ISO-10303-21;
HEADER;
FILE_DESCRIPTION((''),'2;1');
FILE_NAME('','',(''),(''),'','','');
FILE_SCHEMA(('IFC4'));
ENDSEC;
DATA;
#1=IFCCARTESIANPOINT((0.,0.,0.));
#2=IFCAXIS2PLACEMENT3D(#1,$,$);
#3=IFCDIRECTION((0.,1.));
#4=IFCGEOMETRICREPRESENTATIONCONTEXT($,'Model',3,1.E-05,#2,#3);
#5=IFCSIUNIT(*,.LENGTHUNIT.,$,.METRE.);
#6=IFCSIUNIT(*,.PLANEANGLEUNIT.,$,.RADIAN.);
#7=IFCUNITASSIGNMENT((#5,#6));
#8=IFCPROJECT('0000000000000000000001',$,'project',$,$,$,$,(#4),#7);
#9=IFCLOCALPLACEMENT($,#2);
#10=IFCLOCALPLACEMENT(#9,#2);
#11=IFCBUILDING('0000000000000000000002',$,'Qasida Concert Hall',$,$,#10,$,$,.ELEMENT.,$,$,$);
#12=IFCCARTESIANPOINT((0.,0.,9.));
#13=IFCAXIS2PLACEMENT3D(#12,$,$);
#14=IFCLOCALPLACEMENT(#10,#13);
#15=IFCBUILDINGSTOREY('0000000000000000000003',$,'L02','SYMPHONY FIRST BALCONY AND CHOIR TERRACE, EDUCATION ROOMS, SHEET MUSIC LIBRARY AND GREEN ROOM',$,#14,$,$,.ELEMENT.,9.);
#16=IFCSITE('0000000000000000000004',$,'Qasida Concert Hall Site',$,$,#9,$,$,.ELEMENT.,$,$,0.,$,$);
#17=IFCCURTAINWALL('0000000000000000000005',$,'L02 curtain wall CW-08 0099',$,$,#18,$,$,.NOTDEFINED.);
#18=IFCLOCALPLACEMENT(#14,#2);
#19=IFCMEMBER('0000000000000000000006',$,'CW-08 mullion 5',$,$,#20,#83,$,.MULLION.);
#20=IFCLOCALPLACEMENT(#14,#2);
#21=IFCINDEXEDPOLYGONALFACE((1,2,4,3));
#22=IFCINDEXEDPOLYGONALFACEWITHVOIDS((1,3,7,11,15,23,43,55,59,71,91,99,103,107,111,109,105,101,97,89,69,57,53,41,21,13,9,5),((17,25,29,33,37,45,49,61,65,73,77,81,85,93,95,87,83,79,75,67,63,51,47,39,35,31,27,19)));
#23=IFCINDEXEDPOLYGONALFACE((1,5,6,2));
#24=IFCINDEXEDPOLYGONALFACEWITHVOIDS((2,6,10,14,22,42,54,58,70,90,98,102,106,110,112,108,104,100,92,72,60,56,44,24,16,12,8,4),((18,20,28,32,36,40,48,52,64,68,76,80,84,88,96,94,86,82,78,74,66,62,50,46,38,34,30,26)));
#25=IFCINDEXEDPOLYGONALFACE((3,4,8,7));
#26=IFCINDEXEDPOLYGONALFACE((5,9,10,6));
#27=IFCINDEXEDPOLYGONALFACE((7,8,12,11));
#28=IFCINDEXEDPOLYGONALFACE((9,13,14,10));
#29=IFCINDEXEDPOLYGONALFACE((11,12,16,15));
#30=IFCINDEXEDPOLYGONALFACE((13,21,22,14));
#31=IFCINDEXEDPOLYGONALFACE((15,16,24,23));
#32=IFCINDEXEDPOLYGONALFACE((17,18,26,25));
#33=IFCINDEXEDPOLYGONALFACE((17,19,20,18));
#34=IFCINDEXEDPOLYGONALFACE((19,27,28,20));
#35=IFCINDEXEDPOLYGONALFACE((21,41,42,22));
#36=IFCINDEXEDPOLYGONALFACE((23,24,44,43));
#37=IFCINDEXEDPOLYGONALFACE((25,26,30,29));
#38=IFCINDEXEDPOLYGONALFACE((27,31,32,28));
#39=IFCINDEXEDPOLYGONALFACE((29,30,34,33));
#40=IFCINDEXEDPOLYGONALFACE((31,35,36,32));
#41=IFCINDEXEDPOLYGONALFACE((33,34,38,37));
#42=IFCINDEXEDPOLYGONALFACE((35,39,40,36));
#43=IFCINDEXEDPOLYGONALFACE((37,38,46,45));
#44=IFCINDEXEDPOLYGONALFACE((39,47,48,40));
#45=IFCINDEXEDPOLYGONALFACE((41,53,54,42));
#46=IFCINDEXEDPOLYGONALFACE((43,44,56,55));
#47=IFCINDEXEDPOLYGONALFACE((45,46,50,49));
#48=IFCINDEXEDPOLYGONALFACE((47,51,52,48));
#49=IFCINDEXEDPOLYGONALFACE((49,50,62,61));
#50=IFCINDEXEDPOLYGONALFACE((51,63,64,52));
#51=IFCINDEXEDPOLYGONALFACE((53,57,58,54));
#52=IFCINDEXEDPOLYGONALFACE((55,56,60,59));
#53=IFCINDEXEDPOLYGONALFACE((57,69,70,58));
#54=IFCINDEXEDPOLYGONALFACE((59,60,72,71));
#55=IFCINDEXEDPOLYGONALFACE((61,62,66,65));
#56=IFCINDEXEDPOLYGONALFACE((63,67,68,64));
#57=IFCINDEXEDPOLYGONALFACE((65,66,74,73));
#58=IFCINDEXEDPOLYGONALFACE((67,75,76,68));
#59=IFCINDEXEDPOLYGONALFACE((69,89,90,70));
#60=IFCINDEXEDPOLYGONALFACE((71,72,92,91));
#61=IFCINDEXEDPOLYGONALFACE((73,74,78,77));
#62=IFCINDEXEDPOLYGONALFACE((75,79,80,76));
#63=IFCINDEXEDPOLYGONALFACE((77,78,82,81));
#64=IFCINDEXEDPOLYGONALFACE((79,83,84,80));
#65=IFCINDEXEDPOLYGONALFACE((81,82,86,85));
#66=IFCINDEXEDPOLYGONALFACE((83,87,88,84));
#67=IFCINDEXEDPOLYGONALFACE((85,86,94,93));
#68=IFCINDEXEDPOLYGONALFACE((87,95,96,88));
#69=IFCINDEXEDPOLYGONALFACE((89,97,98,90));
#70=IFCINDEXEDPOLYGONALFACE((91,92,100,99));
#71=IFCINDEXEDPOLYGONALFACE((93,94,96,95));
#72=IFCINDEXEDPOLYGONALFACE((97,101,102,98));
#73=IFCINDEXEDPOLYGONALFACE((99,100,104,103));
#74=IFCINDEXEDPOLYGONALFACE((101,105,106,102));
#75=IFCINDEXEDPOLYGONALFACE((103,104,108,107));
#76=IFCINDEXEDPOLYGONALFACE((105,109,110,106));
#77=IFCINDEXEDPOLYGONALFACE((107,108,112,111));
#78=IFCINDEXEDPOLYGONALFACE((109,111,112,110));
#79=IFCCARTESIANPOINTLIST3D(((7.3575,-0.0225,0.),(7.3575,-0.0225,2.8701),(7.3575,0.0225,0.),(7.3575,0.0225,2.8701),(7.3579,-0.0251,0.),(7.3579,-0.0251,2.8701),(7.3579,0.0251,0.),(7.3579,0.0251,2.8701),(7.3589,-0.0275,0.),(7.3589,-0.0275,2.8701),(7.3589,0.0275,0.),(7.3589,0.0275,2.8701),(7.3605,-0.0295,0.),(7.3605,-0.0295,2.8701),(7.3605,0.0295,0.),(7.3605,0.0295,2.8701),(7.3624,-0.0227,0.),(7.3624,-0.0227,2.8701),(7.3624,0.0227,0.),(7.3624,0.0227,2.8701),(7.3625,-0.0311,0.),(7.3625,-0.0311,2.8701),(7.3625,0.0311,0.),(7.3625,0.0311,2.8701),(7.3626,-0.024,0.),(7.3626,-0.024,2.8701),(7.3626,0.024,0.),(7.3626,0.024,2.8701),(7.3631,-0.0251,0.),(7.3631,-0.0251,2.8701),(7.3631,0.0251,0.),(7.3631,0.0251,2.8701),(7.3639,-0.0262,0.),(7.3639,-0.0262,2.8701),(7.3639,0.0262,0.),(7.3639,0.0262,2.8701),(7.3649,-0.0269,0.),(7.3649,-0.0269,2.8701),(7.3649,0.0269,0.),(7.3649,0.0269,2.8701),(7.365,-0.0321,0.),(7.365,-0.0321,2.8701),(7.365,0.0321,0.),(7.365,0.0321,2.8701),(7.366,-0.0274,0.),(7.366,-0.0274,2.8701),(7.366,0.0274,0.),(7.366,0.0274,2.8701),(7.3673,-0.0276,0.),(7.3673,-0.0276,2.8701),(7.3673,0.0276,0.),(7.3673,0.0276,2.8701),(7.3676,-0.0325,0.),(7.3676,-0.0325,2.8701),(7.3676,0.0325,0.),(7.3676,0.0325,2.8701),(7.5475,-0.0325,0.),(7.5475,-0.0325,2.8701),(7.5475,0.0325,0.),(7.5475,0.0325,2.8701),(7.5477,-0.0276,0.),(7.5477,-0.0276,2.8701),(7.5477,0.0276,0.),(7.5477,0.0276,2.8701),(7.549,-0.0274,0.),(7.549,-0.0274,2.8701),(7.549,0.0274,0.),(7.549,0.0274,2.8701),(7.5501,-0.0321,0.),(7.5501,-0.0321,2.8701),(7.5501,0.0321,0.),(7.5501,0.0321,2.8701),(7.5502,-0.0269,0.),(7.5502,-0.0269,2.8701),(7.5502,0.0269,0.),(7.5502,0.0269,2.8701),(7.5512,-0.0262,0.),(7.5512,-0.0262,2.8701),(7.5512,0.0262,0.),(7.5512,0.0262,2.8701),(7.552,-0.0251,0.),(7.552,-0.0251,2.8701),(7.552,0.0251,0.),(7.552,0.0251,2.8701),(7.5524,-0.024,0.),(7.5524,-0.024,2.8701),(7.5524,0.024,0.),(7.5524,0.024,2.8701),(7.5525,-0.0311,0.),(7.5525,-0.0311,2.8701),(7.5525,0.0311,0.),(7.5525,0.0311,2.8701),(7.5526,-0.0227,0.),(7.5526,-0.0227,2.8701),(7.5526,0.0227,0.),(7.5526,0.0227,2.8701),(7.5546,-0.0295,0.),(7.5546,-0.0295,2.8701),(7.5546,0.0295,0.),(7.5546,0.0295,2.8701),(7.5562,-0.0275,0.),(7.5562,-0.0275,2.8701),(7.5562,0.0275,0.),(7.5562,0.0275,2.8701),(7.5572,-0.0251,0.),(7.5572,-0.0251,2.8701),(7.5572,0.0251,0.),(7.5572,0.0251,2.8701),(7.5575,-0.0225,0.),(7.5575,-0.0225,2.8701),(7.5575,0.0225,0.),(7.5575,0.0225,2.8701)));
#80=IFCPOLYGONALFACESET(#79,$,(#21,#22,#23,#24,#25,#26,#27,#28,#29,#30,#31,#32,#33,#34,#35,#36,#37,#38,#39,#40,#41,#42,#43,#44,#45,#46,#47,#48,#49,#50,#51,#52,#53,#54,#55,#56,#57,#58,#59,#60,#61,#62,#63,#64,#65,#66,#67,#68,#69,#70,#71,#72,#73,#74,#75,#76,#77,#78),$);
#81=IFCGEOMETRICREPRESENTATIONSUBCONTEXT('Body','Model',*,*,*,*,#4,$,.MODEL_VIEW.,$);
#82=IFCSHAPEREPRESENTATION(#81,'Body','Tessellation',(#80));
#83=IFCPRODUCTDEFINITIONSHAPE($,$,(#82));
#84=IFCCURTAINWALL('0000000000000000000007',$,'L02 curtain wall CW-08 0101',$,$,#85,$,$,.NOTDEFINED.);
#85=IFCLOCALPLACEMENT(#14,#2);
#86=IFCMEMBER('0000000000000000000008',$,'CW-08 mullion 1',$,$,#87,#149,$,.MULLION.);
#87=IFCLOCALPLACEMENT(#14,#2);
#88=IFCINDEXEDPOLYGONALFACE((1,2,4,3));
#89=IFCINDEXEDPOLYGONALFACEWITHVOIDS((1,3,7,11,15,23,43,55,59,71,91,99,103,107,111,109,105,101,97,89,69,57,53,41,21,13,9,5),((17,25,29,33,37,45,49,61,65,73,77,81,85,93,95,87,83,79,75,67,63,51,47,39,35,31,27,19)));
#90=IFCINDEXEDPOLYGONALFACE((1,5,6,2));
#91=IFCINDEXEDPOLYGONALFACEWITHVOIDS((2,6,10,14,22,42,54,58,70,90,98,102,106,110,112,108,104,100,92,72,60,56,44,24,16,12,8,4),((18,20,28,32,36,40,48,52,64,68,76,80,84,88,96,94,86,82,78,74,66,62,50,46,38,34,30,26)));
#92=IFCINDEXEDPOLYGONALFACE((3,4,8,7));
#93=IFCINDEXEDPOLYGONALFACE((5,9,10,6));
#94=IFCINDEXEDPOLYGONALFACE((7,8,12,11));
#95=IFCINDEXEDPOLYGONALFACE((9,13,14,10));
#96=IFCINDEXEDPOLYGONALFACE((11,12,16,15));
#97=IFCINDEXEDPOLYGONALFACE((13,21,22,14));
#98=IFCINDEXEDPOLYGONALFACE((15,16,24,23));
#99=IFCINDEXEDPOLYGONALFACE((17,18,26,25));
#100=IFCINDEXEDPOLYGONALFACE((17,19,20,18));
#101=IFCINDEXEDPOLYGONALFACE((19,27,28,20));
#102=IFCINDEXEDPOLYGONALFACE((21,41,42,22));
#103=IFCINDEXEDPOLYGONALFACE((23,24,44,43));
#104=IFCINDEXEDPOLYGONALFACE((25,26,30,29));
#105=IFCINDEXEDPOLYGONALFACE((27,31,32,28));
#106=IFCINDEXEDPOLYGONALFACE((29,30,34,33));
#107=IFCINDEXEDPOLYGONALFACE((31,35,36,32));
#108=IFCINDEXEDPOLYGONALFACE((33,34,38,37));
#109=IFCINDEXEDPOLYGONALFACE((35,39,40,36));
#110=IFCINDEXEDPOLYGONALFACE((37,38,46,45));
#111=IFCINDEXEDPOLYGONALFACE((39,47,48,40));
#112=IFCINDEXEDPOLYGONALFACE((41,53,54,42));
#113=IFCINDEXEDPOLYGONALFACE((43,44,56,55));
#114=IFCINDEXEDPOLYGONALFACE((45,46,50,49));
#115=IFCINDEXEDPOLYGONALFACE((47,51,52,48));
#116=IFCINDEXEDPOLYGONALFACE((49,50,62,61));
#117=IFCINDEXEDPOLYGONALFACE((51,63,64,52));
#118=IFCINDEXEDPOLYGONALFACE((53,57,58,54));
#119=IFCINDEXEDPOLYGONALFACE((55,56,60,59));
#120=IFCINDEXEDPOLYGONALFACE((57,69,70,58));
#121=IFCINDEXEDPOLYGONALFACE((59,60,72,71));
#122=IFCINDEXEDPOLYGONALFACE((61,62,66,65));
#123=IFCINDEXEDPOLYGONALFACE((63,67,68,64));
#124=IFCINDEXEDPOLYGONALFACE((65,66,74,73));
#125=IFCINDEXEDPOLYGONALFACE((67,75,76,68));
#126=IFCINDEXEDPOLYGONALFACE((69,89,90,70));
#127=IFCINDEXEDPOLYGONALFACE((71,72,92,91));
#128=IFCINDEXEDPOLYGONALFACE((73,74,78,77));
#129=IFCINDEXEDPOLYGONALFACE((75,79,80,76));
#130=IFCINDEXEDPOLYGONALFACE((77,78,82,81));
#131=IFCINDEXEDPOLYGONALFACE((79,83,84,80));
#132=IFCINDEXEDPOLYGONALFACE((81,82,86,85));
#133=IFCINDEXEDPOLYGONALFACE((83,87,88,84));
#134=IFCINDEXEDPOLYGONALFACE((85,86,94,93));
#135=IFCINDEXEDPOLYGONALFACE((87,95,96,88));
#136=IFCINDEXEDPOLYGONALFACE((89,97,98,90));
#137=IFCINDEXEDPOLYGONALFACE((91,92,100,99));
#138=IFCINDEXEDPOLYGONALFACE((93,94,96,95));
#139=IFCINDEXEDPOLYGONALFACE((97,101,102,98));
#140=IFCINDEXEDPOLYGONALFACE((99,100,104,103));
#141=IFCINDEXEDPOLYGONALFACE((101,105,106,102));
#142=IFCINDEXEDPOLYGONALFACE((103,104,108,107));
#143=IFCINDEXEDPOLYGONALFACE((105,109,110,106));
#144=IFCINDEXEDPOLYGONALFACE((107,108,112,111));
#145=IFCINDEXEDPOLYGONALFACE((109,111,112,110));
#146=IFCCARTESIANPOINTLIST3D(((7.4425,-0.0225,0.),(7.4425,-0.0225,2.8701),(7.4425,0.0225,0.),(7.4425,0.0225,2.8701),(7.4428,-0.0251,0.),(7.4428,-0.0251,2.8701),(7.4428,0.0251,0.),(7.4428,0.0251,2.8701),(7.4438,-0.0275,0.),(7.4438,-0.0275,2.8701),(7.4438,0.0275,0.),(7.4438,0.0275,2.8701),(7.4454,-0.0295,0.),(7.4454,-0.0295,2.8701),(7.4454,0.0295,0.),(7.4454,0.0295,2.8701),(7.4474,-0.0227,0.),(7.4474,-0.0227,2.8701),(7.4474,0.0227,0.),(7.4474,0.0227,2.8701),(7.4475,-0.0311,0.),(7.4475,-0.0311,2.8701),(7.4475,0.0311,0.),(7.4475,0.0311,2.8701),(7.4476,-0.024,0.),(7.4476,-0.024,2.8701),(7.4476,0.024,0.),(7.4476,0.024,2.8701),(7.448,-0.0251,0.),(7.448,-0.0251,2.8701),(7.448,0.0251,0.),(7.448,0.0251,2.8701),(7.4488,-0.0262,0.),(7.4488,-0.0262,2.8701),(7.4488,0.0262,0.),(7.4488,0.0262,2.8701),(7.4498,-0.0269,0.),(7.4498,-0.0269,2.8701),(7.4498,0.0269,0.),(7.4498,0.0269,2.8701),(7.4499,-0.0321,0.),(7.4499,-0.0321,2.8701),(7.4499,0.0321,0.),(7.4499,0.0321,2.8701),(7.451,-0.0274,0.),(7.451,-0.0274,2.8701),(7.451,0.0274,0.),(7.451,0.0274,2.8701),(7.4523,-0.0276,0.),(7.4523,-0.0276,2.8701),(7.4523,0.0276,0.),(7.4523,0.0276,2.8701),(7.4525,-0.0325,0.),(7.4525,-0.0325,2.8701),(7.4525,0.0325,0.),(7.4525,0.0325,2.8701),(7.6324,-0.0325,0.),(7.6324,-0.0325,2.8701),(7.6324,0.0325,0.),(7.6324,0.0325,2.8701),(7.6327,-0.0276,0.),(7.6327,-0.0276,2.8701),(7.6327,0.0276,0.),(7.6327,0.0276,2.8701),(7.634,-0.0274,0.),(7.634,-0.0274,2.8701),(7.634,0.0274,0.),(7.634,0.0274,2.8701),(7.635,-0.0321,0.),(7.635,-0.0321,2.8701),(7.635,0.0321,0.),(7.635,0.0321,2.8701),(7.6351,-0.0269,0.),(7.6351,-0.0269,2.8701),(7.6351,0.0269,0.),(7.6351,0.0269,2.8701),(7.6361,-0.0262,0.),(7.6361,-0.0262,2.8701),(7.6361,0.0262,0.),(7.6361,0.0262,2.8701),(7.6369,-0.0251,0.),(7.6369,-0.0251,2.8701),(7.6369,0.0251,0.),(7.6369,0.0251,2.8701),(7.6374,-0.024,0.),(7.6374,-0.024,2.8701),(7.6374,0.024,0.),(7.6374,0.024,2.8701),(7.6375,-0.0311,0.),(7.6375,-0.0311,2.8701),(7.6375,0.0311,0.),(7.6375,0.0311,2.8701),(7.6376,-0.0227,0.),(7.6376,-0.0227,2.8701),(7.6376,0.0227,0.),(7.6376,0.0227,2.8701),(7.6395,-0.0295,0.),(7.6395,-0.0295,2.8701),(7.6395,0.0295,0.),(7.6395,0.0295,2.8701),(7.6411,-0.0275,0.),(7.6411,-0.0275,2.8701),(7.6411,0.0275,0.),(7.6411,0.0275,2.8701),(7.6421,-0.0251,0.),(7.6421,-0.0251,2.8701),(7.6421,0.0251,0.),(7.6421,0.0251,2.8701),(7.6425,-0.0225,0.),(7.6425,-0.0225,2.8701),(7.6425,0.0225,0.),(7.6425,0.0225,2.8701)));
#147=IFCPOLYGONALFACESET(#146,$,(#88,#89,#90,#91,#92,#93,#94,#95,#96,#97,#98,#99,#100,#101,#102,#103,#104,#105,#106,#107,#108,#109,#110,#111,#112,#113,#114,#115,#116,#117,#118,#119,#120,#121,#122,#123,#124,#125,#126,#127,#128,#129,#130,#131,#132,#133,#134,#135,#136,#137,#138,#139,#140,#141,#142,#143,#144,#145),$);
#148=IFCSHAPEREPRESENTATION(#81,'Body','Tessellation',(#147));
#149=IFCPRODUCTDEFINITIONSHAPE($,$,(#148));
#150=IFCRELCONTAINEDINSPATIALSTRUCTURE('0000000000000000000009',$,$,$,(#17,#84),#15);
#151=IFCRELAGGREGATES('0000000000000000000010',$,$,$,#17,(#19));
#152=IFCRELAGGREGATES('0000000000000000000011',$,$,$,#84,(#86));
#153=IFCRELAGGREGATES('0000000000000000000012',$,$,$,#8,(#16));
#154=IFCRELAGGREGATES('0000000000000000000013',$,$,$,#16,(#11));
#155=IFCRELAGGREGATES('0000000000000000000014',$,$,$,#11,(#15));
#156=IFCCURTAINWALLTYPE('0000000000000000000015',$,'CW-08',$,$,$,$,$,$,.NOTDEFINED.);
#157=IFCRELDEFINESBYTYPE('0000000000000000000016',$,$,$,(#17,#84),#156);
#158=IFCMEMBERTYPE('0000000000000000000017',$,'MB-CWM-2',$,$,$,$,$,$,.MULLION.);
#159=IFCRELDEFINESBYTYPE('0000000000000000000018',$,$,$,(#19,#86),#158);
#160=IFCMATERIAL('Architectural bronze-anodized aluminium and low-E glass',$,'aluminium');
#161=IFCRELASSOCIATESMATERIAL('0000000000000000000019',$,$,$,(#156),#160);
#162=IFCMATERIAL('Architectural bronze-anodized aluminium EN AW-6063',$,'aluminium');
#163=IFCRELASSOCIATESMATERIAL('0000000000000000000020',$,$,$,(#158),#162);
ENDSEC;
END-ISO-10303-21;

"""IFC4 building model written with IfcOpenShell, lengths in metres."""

from ifc_helpers import new_model, si_unit, direction, frame, origin, origin_2d, place, context, subcontext, project, spatial, hollow_rectangle, extrude, material, material_profile, profile_set, type_object, element, aggregate, save


model = new_model("IFC4")

# Units and contexts
model_context = context("Model", 3, precision=1e-05, world=origin(), true_north=direction((0.0, 1.0)))
body_context = subcontext(model_context, "Body", "Model", "MODEL_VIEW")
ifc_project = project(units=[si_unit("LENGTHUNIT", "METRE"), si_unit("PLANEANGLEUNIT", "RADIAN")], contexts=[model_context])

# Site, building, storey
site_placement = place(None, origin())
site = spatial("IfcSite", under=ifc_project, at=site_placement, Name="Qasida Concert Hall Site", CompositionType="ELEMENT", RefElevation=0.0)
building_placement = place(site_placement, origin())
building = spatial("IfcBuilding", under=site, at=building_placement, Name="Qasida Concert Hall", CompositionType="ELEMENT")
storey_placement = place(building_placement, frame((0.0, 0.0, 9.0)))
storey = spatial("IfcBuildingStorey", under=building, at=storey_placement, Name="L02", Description="SYMPHONY FIRST BALCONY AND CHOIR TERRACE, EDUCATION ROOMS, SHEET MUSIC LIBRARY AND GREEN ROOM", CompositionType="ELEMENT", Elevation=9.0)

# Curtain wall, member
ifc_material_1 = material(Name="Architectural bronze-anodized aluminium and low-E glass", Category="aluminium")
curtain_wall_type = type_object("IfcCurtainWallType", Name="CW-08", PredefinedType="NOTDEFINED", material=ifc_material_1)
curtain_wall_1_placement = place(storey_placement, origin())
curtain_wall_1 = element("IfcCurtainWall", 1, at=curtain_wall_1_placement, inside=storey, type_object=curtain_wall_type, Name="L02 curtain wall CW-08 0099", PredefinedType="NOTDEFINED")
ifc_material_2 = material(Name="Architectural bronze-anodized aluminium EN AW-6063", Category="aluminium")
ifc_material_profile_1 = material_profile(ifc_material_2, hollow_rectangle(XDim=0.0649, YDim=0.2, WallThickness=0.0049, InnerFilletRadius=0.0049, OuterFilletRadius=0.01, at=origin_2d()), Name="CWM 200x65x5")
ifc_profile_set_1 = profile_set([ifc_material_profile_1], Name="Architectural bronze-anodized aluminium EN AW-6063")
member_type_1 = type_object("IfcMemberType", Name="MB-CWM-2", PredefinedType="MULLION", material=ifc_profile_set_1)
member_1_placement = place(storey_placement, frame((7.4575, 0.0, 0.0), z_axis=(0.0, 0.0, 1.0), x_axis=(0.0, 1.0, 0.0)))
member_1 = element("IfcMember", 2, at=member_1_placement, type_object=member_type_1, Name="CW-08 mullion 5", PredefinedType="MULLION", context=body_context, shape_type="SweptSolid", body=[
    extrude(hollow_rectangle(XDim=0.0649, YDim=0.2, WallThickness=0.0049, InnerFilletRadius=0.0049, OuterFilletRadius=0.01, at=origin_2d()), origin(), (0.0, 0.0, 1.0), 2.8701),
])

# Curtain wall, member
curtain_wall_2_placement = place(storey_placement, origin())
curtain_wall_2 = element("IfcCurtainWall", 3, at=curtain_wall_2_placement, inside=storey, type_object=curtain_wall_type, Name="L02 curtain wall CW-08 0101", PredefinedType="NOTDEFINED")
member_2_placement = place(storey_placement, frame((7.5425, 0.0, 0.0), z_axis=(0.0, 0.0, 1.0), x_axis=(0.0, 1.0, 0.0)))
member_2 = element("IfcMember", 4, at=member_2_placement, type_object=member_type_1, Name="CW-08 mullion 1", PredefinedType="MULLION", context=body_context, shape_type="SweptSolid", body=[
    extrude(hollow_rectangle(XDim=0.0649, YDim=0.2, WallThickness=0.0049, InnerFilletRadius=0.0049, OuterFilletRadius=0.01, at=origin_2d()), origin(), (0.0, 0.0, 1.0), 2.8701),
])

aggregate(curtain_wall_1, [member_1])
aggregate(curtain_wall_2, [member_2])

save(model, "model.ifc")
